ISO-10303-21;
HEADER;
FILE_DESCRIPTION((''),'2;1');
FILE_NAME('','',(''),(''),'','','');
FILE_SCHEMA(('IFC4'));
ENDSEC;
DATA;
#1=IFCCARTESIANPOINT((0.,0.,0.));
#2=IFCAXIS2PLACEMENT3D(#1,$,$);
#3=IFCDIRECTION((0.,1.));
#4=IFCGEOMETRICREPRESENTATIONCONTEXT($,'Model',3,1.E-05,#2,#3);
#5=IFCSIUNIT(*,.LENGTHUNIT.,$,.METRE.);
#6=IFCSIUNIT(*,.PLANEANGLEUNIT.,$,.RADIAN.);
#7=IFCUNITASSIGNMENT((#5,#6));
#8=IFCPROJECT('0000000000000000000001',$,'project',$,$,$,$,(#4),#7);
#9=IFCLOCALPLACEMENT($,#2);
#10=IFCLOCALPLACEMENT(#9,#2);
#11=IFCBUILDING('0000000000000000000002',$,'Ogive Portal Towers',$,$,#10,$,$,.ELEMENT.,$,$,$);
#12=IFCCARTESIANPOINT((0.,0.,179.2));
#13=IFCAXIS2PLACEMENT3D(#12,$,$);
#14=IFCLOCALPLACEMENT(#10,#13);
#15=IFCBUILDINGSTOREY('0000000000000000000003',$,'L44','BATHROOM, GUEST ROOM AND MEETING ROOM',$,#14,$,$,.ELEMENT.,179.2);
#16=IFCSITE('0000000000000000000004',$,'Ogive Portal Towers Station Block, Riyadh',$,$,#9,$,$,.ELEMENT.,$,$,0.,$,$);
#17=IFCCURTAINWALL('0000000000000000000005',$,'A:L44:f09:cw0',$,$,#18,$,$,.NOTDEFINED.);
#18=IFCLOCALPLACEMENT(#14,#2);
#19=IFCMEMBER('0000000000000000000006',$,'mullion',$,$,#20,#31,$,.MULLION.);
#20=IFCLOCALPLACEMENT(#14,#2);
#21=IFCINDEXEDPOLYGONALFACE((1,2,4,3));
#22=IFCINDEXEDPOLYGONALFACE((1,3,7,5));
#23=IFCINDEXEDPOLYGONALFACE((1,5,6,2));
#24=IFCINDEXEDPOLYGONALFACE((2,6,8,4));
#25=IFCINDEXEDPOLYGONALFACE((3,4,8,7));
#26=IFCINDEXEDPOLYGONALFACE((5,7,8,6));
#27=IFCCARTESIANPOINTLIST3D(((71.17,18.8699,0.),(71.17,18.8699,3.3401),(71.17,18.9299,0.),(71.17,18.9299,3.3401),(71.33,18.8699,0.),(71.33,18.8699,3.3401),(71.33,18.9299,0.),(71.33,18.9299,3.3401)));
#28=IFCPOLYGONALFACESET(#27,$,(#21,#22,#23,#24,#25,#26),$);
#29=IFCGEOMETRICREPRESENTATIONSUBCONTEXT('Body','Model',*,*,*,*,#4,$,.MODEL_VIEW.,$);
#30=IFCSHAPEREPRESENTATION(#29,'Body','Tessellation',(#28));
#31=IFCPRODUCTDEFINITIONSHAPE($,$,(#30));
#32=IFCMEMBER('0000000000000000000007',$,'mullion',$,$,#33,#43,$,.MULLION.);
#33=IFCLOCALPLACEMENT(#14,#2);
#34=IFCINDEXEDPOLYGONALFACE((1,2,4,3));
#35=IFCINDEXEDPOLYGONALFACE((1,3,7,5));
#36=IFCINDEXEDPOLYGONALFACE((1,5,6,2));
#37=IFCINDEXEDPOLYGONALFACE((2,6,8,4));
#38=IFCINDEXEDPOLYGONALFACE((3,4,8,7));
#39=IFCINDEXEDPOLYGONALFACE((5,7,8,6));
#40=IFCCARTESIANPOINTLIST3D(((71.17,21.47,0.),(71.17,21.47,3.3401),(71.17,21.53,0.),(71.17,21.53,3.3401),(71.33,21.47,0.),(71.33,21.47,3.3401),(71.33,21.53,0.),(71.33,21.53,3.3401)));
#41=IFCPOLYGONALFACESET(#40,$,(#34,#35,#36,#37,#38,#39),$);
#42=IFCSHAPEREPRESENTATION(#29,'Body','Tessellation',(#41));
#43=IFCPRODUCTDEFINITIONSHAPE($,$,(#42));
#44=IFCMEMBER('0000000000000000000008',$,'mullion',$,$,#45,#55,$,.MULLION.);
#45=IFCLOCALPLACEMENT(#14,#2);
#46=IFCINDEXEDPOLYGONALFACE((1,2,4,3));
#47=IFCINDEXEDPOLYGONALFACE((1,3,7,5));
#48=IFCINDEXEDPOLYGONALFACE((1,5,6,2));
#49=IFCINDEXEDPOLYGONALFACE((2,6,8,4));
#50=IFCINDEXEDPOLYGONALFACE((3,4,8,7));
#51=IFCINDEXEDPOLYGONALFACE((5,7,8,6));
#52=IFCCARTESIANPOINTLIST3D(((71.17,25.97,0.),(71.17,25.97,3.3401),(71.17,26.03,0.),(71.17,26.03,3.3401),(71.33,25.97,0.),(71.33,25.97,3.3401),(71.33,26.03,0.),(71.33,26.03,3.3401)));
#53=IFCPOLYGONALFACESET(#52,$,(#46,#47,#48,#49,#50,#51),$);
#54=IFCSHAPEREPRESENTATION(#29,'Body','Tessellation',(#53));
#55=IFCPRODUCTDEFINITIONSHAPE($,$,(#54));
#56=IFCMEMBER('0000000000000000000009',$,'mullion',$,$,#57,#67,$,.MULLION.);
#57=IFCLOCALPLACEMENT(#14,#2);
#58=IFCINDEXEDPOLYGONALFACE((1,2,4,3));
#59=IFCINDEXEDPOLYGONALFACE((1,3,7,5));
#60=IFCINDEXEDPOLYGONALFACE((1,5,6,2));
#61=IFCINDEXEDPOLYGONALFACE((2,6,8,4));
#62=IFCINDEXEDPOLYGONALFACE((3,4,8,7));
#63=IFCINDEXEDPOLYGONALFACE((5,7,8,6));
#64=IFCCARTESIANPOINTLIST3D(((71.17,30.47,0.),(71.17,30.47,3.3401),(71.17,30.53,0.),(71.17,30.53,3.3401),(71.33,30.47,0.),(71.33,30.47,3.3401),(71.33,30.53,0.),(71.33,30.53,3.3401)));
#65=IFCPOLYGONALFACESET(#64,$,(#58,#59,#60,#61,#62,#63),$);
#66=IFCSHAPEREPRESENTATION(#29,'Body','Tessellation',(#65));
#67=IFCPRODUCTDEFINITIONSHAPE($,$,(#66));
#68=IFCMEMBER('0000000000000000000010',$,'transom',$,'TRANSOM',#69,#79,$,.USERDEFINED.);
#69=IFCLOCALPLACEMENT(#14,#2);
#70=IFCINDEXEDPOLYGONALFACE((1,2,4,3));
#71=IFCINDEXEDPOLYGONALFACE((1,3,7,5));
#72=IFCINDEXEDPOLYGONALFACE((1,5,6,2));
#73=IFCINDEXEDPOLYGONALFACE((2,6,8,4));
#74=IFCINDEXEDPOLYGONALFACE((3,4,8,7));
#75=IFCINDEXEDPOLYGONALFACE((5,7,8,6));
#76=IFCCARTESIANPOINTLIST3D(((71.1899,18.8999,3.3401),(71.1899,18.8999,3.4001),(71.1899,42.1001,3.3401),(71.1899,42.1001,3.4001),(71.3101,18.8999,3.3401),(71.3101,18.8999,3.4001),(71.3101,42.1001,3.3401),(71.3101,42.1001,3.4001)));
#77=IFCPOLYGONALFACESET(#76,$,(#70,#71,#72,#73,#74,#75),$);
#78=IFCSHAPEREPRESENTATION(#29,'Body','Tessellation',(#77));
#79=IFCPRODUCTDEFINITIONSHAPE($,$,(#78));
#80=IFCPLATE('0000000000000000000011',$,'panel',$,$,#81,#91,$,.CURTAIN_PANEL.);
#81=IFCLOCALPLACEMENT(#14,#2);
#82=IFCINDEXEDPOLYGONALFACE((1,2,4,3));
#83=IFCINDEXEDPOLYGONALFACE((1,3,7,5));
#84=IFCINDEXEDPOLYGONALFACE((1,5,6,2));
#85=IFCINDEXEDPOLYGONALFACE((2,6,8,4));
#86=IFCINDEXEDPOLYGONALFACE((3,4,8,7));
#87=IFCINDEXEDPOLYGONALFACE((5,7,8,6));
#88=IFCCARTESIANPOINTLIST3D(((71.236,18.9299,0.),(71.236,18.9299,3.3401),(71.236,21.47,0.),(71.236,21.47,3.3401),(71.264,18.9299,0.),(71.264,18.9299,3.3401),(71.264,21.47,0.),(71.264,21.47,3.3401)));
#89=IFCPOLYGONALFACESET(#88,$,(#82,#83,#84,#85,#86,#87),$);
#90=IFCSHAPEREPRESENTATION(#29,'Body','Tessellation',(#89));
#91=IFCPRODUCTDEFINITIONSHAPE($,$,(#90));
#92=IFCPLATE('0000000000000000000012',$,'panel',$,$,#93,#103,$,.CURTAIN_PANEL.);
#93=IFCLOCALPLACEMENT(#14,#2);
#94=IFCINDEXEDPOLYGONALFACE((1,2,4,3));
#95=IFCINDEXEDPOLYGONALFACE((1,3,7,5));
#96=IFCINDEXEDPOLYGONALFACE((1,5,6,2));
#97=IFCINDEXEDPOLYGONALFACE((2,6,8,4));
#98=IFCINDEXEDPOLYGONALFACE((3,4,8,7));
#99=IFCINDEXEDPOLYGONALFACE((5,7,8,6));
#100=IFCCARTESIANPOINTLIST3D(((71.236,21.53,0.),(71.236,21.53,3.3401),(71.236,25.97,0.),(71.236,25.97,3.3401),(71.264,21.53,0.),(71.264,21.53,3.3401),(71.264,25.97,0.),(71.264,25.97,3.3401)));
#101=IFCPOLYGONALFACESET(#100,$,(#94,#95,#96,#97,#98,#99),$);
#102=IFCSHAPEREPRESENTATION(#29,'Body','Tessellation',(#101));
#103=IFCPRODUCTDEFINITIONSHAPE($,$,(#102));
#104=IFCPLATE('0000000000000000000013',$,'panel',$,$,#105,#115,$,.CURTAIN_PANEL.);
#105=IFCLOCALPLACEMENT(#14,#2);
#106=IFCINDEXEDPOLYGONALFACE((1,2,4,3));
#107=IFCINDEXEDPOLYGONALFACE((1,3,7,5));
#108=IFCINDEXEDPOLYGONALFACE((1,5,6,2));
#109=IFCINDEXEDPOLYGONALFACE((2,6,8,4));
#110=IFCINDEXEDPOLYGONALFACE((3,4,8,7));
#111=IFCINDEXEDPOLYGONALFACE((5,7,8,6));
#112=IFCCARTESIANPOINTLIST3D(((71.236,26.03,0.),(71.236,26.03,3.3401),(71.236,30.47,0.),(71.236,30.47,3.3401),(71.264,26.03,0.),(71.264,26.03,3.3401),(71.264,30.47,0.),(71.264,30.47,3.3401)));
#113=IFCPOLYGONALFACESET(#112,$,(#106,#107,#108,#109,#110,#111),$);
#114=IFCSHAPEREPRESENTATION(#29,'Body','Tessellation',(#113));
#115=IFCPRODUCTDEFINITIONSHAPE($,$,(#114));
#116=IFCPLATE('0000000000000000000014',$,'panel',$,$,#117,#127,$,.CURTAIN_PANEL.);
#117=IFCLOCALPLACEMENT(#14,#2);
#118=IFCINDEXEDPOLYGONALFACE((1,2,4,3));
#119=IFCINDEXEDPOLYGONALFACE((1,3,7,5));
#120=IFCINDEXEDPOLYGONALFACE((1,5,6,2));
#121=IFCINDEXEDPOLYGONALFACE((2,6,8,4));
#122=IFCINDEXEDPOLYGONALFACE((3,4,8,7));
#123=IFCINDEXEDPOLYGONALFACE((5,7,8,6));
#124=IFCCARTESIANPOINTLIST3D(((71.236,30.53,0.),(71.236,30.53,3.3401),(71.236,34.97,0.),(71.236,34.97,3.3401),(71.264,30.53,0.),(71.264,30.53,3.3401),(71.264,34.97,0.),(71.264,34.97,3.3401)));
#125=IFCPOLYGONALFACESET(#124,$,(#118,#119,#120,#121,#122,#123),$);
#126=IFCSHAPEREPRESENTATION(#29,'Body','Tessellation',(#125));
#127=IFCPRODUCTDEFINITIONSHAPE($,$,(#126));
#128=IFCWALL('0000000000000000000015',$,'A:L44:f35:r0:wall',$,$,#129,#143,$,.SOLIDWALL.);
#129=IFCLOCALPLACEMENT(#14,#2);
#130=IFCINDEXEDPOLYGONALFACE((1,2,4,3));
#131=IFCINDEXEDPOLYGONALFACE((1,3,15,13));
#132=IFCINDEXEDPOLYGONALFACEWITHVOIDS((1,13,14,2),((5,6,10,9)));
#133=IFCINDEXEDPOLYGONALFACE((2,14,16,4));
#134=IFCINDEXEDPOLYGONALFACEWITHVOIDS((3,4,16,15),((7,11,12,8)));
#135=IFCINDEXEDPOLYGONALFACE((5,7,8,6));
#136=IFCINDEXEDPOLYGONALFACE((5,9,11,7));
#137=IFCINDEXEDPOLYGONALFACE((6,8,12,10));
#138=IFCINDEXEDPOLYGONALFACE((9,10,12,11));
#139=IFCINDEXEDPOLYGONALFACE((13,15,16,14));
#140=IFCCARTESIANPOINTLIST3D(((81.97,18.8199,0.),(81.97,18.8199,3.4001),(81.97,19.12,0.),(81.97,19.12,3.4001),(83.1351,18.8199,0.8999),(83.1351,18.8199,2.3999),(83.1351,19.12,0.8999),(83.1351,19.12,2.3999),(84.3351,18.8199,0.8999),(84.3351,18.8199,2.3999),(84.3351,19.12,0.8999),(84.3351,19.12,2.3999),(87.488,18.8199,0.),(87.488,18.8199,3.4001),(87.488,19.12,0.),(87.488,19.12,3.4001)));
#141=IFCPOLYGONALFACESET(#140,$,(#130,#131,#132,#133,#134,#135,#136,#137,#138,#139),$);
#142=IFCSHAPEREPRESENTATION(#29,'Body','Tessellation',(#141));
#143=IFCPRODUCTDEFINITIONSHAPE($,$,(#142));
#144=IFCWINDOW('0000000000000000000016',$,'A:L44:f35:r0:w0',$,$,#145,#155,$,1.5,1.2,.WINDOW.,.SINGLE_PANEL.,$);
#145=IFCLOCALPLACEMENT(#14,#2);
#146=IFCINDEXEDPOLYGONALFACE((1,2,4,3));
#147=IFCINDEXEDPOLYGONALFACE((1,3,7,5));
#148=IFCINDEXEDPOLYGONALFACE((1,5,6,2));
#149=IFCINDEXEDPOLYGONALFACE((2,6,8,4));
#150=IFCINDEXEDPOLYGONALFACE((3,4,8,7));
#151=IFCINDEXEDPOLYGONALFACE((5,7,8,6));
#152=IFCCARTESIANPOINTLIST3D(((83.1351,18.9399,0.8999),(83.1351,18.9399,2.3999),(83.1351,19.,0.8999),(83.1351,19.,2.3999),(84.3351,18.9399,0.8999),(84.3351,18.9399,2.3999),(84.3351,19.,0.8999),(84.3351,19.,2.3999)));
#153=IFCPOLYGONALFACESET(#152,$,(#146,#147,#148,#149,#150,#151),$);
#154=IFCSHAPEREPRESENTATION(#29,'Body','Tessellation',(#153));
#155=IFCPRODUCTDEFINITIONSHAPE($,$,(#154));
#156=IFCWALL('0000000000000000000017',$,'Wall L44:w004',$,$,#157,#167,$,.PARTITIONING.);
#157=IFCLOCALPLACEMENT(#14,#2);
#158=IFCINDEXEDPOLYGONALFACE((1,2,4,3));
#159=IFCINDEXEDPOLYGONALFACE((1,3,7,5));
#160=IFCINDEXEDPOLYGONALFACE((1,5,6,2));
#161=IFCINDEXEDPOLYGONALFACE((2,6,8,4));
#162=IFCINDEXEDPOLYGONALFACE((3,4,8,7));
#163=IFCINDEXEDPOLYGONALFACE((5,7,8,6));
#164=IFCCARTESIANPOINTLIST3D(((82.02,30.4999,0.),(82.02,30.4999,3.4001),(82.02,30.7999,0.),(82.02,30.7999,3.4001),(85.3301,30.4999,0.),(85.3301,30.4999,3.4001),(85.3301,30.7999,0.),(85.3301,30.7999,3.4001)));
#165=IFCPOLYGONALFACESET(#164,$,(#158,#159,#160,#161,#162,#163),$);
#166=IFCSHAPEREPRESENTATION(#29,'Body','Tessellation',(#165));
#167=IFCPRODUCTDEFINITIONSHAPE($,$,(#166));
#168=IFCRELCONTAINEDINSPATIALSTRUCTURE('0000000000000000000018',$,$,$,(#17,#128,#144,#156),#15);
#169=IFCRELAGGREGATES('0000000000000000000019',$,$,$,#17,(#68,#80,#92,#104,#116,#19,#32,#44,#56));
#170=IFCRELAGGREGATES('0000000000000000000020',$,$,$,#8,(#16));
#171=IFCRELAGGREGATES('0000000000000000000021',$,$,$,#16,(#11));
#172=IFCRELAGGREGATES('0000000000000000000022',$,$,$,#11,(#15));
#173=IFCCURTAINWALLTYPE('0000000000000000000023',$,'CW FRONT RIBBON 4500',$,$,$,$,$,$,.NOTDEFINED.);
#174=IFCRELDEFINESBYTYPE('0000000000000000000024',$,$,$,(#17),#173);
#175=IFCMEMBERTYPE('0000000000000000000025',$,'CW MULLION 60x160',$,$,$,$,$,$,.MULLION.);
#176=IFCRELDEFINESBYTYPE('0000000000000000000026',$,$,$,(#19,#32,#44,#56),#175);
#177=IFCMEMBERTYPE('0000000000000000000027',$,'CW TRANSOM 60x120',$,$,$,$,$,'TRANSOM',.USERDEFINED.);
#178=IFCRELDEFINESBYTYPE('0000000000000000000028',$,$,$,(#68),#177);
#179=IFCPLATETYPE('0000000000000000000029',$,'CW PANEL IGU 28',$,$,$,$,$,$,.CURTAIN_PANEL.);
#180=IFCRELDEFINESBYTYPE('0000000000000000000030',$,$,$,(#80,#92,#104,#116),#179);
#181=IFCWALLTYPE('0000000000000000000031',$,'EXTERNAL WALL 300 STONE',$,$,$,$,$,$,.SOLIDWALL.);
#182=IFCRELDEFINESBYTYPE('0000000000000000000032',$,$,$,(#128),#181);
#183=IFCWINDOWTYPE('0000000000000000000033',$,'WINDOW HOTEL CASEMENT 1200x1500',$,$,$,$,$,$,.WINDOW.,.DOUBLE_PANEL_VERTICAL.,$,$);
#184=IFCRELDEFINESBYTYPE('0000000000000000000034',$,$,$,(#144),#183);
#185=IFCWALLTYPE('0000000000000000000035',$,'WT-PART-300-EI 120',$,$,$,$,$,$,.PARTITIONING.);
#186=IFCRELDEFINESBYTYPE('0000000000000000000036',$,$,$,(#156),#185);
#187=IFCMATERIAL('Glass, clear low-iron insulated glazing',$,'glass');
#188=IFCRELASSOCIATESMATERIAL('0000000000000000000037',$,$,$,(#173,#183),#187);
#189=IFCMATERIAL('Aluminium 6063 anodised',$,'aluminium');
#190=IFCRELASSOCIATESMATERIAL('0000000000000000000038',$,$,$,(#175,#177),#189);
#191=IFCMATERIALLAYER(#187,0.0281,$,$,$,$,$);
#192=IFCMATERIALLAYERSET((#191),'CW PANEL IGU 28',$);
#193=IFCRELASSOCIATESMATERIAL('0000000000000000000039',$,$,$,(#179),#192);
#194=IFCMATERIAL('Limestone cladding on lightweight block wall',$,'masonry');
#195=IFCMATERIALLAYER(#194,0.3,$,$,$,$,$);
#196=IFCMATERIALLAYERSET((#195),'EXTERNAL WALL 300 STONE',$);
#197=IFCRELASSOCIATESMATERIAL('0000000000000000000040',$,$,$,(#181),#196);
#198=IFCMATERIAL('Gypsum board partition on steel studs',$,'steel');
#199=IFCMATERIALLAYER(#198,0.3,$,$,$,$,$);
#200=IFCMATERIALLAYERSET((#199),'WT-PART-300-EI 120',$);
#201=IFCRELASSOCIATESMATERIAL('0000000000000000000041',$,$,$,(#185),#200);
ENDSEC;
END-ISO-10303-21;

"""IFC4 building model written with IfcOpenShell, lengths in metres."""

from ifc_helpers import new_model, si_unit, direction, frame, frame_2d, origin, origin_2d, place, context, subcontext, project, spatial, rectangle, extrude, material, layer, layer_set, material_profile, profile_set, type_object, element, fill, aggregate, save


model = new_model("IFC4")

# Units and contexts
model_context = context("Model", 3, precision=1e-05, world=origin(), true_north=direction((0.0, 1.0)))
body_context = subcontext(model_context, "Body", "Model", "MODEL_VIEW")
ifc_project = project(units=[si_unit("LENGTHUNIT", "METRE"), si_unit("PLANEANGLEUNIT", "RADIAN")], contexts=[model_context])

# Site, building, storey
site_placement = place(None, origin())
site = spatial("IfcSite", under=ifc_project, at=site_placement, Name="Ogive Portal Towers Station Block, Riyadh", CompositionType="ELEMENT", RefElevation=0.0)
building_placement = place(site_placement, origin())
building = spatial("IfcBuilding", under=site, at=building_placement, Name="Ogive Portal Towers", CompositionType="ELEMENT")
storey_placement = place(building_placement, frame((0.0, 0.0, 179.2)))
storey = spatial("IfcBuildingStorey", under=building, at=storey_placement, Name="L44", Description="BATHROOM, GUEST ROOM AND MEETING ROOM", CompositionType="ELEMENT", Elevation=179.2)

# Curtain wall, members, plates
ifc_material_1 = material(Name="Glass, clear low-iron insulated glazing", Category="glass")
curtain_wall_type = type_object("IfcCurtainWallType", Name="CW FRONT RIBBON 4500", PredefinedType="NOTDEFINED", material=ifc_material_1)
curtain_wall_placement = place(storey_placement, origin())
curtain_wall = element("IfcCurtainWall", 1, at=curtain_wall_placement, inside=storey, type_object=curtain_wall_type, Name="A:L44:f09:cw0", PredefinedType="NOTDEFINED")
ifc_material_2 = material(Name="Aluminium 6063 anodised", Category="aluminium")
ifc_material_profile_1 = material_profile(ifc_material_2, rectangle(XDim=0.1599, YDim=0.0601, at=origin_2d()), Name="AL 60x160")
ifc_profile_set_1 = profile_set([ifc_material_profile_1], Name="Aluminium 6063 anodised")
member_type_1 = type_object("IfcMemberType", Name="CW MULLION 60x160", PredefinedType="MULLION", material=ifc_profile_set_1)
member_1_placement = place(storey_placement, frame((71.25, 18.8999, 0.0), z_axis=(0.0, 0.0, 1.0), x_axis=(-1.0, 0.0, 0.0)))
member_1 = element("IfcMember", 2, at=member_1_placement, type_object=member_type_1, Name="mullion", PredefinedType="MULLION", context=body_context, shape_type="SweptSolid", body=[
    extrude(rectangle(XDim=0.1599, YDim=0.0601, at=origin_2d()), origin(), (0.0, 0.0, 1.0), 3.3401),
])
member_2_placement = place(storey_placement, frame((71.25, 21.5, 0.0), z_axis=(0.0, 0.0, 1.0), x_axis=(-1.0, 0.0, 0.0)))
member_2 = element("IfcMember", 3, at=member_2_placement, type_object=member_type_1, Name="mullion", PredefinedType="MULLION", context=body_context, shape_type="SweptSolid", body=[
    extrude(rectangle(XDim=0.1599, YDim=0.0601, at=origin_2d()), origin(), (0.0, 0.0, 1.0), 3.3401),
])
member_3_placement = place(storey_placement, frame((71.25, 26.0, 0.0), z_axis=(0.0, 0.0, 1.0), x_axis=(-1.0, 0.0, 0.0)))
member_3 = element("IfcMember", 4, at=member_3_placement, type_object=member_type_1, Name="mullion", PredefinedType="MULLION", context=body_context, shape_type="SweptSolid", body=[
    extrude(rectangle(XDim=0.1599, YDim=0.0601, at=origin_2d()), origin(), (0.0, 0.0, 1.0), 3.3401),
])
member_4_placement = place(storey_placement, frame((71.25, 30.5, 0.0), z_axis=(0.0, 0.0, 1.0), x_axis=(-1.0, 0.0, 0.0)))
member_4 = element("IfcMember", 5, at=member_4_placement, type_object=member_type_1, Name="mullion", PredefinedType="MULLION", context=body_context, shape_type="SweptSolid", body=[
    extrude(rectangle(XDim=0.1599, YDim=0.0601, at=origin_2d()), origin(), (0.0, 0.0, 1.0), 3.3401),
])
ifc_material_profile_2 = material_profile(ifc_material_2, rectangle(XDim=0.1201, YDim=0.0601, at=origin_2d()), Name="AL 120x60")
ifc_profile_set_2 = profile_set([ifc_material_profile_2], Name="Aluminium 6063 anodised")
member_type_2 = type_object("IfcMemberType", Name="CW TRANSOM 60x120", ElementType="TRANSOM", PredefinedType="USERDEFINED", material=ifc_profile_set_2)
member_5_placement = place(storey_placement, frame((71.25, 18.8999, 3.3701), z_axis=(0.0, 1.0, 0.0), x_axis=(-1.0, 0.0, 0.0)))
member_5 = element("IfcMember", 6, at=member_5_placement, type_object=member_type_2, Name="transom", ObjectType="TRANSOM", PredefinedType="USERDEFINED", context=body_context, shape_type="SweptSolid", body=[
    extrude(rectangle(XDim=0.1201, YDim=0.0601, at=origin_2d()), origin(), (0.0, 0.0, 1.0), 23.2002),
])
ifc_layer_1 = layer(ifc_material_1, 0.0281)
ifc_layer_set_1 = layer_set([ifc_layer_1], Name="CW PANEL IGU 28")
plate_type = type_object("IfcPlateType", Name="CW PANEL IGU 28", PredefinedType="CURTAIN_PANEL", material=ifc_layer_set_1)
plate_1_placement = place(storey_placement, frame((71.25, 20.2, 0.0), z_axis=(0.0, 0.0, 1.0), x_axis=(0.0, 1.0, 0.0)))
plate_1 = element("IfcPlate", 7, at=plate_1_placement, type_object=plate_type, Name="panel", PredefinedType="CURTAIN_PANEL", context=body_context, shape_type="SweptSolid", body=[
    extrude(rectangle(XDim=2.54, YDim=0.0281, at=origin_2d()), origin(), (0.0, 0.0, 1.0), 3.3401),
])
plate_2_placement = place(storey_placement, frame((71.25, 23.75, 0.0), z_axis=(0.0, 0.0, 1.0), x_axis=(0.0, 1.0, 0.0)))
plate_2 = element("IfcPlate", 8, at=plate_2_placement, type_object=plate_type, Name="panel", PredefinedType="CURTAIN_PANEL", context=body_context, shape_type="SweptSolid", body=[
    extrude(rectangle(XDim=4.4399, YDim=0.0281, at=origin_2d()), origin(), (0.0, 0.0, 1.0), 3.3401),
])
plate_3_placement = place(storey_placement, frame((71.25, 28.25, 0.0), z_axis=(0.0, 0.0, 1.0), x_axis=(0.0, 1.0, 0.0)))
plate_3 = element("IfcPlate", 9, at=plate_3_placement, type_object=plate_type, Name="panel", PredefinedType="CURTAIN_PANEL", context=body_context, shape_type="SweptSolid", body=[
    extrude(rectangle(XDim=4.4399, YDim=0.0281, at=origin_2d()), origin(), (0.0, 0.0, 1.0), 3.3401),
])
plate_4_placement = place(storey_placement, frame((71.25, 32.75, 0.0), z_axis=(0.0, 0.0, 1.0), x_axis=(0.0, 1.0, 0.0)))
plate_4 = element("IfcPlate", 10, at=plate_4_placement, type_object=plate_type, Name="panel", PredefinedType="CURTAIN_PANEL", context=body_context, shape_type="SweptSolid", body=[
    extrude(rectangle(XDim=4.4399, YDim=0.0281, at=origin_2d()), origin(), (0.0, 0.0, 1.0), 3.3401),
])
aggregate(curtain_wall, [member_5, plate_1, plate_2, plate_3, plate_4, member_1, member_2, member_3, member_4])

# Wall, opening, window
ifc_material_3 = material(Name="Limestone cladding on lightweight block wall", Category="masonry")
ifc_layer_2 = layer(ifc_material_3, 0.3)
ifc_layer_set_2 = layer_set([ifc_layer_2], Name="EXTERNAL WALL 300 STONE")
wall_type_1 = type_object("IfcWallType", Name="EXTERNAL WALL 300 STONE", PredefinedType="SOLIDWALL", material=ifc_layer_set_2)
wall_1_placement = place(storey_placement, frame((81.97, 18.97, 0.0), z_axis=(0.0, 0.0, 1.0), x_axis=(1.0, 0.0, 0.0)))
wall_1 = element("IfcWall", 11, at=wall_1_placement, inside=storey, type_object=wall_type_1, Name="A:L44:f35:r0:wall", PredefinedType="SOLIDWALL", context=body_context, shape_type="SweptSolid", body=[
    extrude(rectangle(XDim=5.5181, YDim=0.3, at=frame_2d((2.759, 0.0))), origin(), (0.0, 0.0, 1.0), 3.4001),
])
opening_placement = place(wall_1_placement, frame((1.165, 0.0, 0.8999)))
opening = element("IfcOpeningElement", 12, at=opening_placement, cuts=wall_1, PredefinedType="OPENING", context=body_context, shape_type="SweptSolid", body=[
    extrude(rectangle(XDim=1.2, YDim=1.5, at=frame_2d((0.6001, 0.75))), frame((0.0, 0.1602, 0.0), z_axis=(0.0, -1.0, 0.0), x_axis=(1.0, 0.0, 0.0)), (0.0, 0.0, 1.0), 0.3201),
])
window_type = type_object("IfcWindowType", Name="WINDOW HOTEL CASEMENT 1200x1500", PartitioningType="DOUBLE_PANEL_VERTICAL", PredefinedType="WINDOW", material=ifc_material_1)
window_placement = place(opening_placement, origin())
window = element("IfcWindow", 13, at=window_placement, inside=storey, type_object=window_type, Name="A:L44:f35:r0:w0", OverallHeight=1.5, OverallWidth=1.2, PartitioningType="SINGLE_PANEL", PredefinedType="WINDOW", context=body_context, shape_type="SweptSolid", body=[
    extrude(rectangle(XDim=1.2, YDim=1.5, at=frame_2d((0.6001, 0.75))), frame((0.0, 0.03, 0.0), z_axis=(0.0, -1.0, 0.0), x_axis=(1.0, 0.0, 0.0)), (0.0, 0.0, 1.0), 0.0601),
])
fill(opening, window)

# Wall
ifc_material_4 = material(Name="Gypsum board partition on steel studs", Category="steel")
ifc_layer_3 = layer(ifc_material_4, 0.3)
ifc_layer_set_3 = layer_set([ifc_layer_3], Name="WT-PART-300-EI 120")
wall_type_2 = type_object("IfcWallType", Name="WT-PART-300-EI 120", PredefinedType="PARTITIONING", material=ifc_layer_set_3)
wall_2_placement = place(storey_placement, frame((82.02, 30.6499, 0.0), z_axis=(0.0, 0.0, 1.0), x_axis=(1.0, 0.0, 0.0)))
element("IfcWall", 14, at=wall_2_placement, inside=storey, type_object=wall_type_2, Name="Wall L44:w004", PredefinedType="PARTITIONING", context=body_context, shape_type="SweptSolid", body=[
    extrude(rectangle(XDim=3.3101, YDim=0.3, at=frame_2d((1.655, 0.0))), origin(), (0.0, 0.0, 1.0), 3.4001),
])

save(model, "model.ifc")
